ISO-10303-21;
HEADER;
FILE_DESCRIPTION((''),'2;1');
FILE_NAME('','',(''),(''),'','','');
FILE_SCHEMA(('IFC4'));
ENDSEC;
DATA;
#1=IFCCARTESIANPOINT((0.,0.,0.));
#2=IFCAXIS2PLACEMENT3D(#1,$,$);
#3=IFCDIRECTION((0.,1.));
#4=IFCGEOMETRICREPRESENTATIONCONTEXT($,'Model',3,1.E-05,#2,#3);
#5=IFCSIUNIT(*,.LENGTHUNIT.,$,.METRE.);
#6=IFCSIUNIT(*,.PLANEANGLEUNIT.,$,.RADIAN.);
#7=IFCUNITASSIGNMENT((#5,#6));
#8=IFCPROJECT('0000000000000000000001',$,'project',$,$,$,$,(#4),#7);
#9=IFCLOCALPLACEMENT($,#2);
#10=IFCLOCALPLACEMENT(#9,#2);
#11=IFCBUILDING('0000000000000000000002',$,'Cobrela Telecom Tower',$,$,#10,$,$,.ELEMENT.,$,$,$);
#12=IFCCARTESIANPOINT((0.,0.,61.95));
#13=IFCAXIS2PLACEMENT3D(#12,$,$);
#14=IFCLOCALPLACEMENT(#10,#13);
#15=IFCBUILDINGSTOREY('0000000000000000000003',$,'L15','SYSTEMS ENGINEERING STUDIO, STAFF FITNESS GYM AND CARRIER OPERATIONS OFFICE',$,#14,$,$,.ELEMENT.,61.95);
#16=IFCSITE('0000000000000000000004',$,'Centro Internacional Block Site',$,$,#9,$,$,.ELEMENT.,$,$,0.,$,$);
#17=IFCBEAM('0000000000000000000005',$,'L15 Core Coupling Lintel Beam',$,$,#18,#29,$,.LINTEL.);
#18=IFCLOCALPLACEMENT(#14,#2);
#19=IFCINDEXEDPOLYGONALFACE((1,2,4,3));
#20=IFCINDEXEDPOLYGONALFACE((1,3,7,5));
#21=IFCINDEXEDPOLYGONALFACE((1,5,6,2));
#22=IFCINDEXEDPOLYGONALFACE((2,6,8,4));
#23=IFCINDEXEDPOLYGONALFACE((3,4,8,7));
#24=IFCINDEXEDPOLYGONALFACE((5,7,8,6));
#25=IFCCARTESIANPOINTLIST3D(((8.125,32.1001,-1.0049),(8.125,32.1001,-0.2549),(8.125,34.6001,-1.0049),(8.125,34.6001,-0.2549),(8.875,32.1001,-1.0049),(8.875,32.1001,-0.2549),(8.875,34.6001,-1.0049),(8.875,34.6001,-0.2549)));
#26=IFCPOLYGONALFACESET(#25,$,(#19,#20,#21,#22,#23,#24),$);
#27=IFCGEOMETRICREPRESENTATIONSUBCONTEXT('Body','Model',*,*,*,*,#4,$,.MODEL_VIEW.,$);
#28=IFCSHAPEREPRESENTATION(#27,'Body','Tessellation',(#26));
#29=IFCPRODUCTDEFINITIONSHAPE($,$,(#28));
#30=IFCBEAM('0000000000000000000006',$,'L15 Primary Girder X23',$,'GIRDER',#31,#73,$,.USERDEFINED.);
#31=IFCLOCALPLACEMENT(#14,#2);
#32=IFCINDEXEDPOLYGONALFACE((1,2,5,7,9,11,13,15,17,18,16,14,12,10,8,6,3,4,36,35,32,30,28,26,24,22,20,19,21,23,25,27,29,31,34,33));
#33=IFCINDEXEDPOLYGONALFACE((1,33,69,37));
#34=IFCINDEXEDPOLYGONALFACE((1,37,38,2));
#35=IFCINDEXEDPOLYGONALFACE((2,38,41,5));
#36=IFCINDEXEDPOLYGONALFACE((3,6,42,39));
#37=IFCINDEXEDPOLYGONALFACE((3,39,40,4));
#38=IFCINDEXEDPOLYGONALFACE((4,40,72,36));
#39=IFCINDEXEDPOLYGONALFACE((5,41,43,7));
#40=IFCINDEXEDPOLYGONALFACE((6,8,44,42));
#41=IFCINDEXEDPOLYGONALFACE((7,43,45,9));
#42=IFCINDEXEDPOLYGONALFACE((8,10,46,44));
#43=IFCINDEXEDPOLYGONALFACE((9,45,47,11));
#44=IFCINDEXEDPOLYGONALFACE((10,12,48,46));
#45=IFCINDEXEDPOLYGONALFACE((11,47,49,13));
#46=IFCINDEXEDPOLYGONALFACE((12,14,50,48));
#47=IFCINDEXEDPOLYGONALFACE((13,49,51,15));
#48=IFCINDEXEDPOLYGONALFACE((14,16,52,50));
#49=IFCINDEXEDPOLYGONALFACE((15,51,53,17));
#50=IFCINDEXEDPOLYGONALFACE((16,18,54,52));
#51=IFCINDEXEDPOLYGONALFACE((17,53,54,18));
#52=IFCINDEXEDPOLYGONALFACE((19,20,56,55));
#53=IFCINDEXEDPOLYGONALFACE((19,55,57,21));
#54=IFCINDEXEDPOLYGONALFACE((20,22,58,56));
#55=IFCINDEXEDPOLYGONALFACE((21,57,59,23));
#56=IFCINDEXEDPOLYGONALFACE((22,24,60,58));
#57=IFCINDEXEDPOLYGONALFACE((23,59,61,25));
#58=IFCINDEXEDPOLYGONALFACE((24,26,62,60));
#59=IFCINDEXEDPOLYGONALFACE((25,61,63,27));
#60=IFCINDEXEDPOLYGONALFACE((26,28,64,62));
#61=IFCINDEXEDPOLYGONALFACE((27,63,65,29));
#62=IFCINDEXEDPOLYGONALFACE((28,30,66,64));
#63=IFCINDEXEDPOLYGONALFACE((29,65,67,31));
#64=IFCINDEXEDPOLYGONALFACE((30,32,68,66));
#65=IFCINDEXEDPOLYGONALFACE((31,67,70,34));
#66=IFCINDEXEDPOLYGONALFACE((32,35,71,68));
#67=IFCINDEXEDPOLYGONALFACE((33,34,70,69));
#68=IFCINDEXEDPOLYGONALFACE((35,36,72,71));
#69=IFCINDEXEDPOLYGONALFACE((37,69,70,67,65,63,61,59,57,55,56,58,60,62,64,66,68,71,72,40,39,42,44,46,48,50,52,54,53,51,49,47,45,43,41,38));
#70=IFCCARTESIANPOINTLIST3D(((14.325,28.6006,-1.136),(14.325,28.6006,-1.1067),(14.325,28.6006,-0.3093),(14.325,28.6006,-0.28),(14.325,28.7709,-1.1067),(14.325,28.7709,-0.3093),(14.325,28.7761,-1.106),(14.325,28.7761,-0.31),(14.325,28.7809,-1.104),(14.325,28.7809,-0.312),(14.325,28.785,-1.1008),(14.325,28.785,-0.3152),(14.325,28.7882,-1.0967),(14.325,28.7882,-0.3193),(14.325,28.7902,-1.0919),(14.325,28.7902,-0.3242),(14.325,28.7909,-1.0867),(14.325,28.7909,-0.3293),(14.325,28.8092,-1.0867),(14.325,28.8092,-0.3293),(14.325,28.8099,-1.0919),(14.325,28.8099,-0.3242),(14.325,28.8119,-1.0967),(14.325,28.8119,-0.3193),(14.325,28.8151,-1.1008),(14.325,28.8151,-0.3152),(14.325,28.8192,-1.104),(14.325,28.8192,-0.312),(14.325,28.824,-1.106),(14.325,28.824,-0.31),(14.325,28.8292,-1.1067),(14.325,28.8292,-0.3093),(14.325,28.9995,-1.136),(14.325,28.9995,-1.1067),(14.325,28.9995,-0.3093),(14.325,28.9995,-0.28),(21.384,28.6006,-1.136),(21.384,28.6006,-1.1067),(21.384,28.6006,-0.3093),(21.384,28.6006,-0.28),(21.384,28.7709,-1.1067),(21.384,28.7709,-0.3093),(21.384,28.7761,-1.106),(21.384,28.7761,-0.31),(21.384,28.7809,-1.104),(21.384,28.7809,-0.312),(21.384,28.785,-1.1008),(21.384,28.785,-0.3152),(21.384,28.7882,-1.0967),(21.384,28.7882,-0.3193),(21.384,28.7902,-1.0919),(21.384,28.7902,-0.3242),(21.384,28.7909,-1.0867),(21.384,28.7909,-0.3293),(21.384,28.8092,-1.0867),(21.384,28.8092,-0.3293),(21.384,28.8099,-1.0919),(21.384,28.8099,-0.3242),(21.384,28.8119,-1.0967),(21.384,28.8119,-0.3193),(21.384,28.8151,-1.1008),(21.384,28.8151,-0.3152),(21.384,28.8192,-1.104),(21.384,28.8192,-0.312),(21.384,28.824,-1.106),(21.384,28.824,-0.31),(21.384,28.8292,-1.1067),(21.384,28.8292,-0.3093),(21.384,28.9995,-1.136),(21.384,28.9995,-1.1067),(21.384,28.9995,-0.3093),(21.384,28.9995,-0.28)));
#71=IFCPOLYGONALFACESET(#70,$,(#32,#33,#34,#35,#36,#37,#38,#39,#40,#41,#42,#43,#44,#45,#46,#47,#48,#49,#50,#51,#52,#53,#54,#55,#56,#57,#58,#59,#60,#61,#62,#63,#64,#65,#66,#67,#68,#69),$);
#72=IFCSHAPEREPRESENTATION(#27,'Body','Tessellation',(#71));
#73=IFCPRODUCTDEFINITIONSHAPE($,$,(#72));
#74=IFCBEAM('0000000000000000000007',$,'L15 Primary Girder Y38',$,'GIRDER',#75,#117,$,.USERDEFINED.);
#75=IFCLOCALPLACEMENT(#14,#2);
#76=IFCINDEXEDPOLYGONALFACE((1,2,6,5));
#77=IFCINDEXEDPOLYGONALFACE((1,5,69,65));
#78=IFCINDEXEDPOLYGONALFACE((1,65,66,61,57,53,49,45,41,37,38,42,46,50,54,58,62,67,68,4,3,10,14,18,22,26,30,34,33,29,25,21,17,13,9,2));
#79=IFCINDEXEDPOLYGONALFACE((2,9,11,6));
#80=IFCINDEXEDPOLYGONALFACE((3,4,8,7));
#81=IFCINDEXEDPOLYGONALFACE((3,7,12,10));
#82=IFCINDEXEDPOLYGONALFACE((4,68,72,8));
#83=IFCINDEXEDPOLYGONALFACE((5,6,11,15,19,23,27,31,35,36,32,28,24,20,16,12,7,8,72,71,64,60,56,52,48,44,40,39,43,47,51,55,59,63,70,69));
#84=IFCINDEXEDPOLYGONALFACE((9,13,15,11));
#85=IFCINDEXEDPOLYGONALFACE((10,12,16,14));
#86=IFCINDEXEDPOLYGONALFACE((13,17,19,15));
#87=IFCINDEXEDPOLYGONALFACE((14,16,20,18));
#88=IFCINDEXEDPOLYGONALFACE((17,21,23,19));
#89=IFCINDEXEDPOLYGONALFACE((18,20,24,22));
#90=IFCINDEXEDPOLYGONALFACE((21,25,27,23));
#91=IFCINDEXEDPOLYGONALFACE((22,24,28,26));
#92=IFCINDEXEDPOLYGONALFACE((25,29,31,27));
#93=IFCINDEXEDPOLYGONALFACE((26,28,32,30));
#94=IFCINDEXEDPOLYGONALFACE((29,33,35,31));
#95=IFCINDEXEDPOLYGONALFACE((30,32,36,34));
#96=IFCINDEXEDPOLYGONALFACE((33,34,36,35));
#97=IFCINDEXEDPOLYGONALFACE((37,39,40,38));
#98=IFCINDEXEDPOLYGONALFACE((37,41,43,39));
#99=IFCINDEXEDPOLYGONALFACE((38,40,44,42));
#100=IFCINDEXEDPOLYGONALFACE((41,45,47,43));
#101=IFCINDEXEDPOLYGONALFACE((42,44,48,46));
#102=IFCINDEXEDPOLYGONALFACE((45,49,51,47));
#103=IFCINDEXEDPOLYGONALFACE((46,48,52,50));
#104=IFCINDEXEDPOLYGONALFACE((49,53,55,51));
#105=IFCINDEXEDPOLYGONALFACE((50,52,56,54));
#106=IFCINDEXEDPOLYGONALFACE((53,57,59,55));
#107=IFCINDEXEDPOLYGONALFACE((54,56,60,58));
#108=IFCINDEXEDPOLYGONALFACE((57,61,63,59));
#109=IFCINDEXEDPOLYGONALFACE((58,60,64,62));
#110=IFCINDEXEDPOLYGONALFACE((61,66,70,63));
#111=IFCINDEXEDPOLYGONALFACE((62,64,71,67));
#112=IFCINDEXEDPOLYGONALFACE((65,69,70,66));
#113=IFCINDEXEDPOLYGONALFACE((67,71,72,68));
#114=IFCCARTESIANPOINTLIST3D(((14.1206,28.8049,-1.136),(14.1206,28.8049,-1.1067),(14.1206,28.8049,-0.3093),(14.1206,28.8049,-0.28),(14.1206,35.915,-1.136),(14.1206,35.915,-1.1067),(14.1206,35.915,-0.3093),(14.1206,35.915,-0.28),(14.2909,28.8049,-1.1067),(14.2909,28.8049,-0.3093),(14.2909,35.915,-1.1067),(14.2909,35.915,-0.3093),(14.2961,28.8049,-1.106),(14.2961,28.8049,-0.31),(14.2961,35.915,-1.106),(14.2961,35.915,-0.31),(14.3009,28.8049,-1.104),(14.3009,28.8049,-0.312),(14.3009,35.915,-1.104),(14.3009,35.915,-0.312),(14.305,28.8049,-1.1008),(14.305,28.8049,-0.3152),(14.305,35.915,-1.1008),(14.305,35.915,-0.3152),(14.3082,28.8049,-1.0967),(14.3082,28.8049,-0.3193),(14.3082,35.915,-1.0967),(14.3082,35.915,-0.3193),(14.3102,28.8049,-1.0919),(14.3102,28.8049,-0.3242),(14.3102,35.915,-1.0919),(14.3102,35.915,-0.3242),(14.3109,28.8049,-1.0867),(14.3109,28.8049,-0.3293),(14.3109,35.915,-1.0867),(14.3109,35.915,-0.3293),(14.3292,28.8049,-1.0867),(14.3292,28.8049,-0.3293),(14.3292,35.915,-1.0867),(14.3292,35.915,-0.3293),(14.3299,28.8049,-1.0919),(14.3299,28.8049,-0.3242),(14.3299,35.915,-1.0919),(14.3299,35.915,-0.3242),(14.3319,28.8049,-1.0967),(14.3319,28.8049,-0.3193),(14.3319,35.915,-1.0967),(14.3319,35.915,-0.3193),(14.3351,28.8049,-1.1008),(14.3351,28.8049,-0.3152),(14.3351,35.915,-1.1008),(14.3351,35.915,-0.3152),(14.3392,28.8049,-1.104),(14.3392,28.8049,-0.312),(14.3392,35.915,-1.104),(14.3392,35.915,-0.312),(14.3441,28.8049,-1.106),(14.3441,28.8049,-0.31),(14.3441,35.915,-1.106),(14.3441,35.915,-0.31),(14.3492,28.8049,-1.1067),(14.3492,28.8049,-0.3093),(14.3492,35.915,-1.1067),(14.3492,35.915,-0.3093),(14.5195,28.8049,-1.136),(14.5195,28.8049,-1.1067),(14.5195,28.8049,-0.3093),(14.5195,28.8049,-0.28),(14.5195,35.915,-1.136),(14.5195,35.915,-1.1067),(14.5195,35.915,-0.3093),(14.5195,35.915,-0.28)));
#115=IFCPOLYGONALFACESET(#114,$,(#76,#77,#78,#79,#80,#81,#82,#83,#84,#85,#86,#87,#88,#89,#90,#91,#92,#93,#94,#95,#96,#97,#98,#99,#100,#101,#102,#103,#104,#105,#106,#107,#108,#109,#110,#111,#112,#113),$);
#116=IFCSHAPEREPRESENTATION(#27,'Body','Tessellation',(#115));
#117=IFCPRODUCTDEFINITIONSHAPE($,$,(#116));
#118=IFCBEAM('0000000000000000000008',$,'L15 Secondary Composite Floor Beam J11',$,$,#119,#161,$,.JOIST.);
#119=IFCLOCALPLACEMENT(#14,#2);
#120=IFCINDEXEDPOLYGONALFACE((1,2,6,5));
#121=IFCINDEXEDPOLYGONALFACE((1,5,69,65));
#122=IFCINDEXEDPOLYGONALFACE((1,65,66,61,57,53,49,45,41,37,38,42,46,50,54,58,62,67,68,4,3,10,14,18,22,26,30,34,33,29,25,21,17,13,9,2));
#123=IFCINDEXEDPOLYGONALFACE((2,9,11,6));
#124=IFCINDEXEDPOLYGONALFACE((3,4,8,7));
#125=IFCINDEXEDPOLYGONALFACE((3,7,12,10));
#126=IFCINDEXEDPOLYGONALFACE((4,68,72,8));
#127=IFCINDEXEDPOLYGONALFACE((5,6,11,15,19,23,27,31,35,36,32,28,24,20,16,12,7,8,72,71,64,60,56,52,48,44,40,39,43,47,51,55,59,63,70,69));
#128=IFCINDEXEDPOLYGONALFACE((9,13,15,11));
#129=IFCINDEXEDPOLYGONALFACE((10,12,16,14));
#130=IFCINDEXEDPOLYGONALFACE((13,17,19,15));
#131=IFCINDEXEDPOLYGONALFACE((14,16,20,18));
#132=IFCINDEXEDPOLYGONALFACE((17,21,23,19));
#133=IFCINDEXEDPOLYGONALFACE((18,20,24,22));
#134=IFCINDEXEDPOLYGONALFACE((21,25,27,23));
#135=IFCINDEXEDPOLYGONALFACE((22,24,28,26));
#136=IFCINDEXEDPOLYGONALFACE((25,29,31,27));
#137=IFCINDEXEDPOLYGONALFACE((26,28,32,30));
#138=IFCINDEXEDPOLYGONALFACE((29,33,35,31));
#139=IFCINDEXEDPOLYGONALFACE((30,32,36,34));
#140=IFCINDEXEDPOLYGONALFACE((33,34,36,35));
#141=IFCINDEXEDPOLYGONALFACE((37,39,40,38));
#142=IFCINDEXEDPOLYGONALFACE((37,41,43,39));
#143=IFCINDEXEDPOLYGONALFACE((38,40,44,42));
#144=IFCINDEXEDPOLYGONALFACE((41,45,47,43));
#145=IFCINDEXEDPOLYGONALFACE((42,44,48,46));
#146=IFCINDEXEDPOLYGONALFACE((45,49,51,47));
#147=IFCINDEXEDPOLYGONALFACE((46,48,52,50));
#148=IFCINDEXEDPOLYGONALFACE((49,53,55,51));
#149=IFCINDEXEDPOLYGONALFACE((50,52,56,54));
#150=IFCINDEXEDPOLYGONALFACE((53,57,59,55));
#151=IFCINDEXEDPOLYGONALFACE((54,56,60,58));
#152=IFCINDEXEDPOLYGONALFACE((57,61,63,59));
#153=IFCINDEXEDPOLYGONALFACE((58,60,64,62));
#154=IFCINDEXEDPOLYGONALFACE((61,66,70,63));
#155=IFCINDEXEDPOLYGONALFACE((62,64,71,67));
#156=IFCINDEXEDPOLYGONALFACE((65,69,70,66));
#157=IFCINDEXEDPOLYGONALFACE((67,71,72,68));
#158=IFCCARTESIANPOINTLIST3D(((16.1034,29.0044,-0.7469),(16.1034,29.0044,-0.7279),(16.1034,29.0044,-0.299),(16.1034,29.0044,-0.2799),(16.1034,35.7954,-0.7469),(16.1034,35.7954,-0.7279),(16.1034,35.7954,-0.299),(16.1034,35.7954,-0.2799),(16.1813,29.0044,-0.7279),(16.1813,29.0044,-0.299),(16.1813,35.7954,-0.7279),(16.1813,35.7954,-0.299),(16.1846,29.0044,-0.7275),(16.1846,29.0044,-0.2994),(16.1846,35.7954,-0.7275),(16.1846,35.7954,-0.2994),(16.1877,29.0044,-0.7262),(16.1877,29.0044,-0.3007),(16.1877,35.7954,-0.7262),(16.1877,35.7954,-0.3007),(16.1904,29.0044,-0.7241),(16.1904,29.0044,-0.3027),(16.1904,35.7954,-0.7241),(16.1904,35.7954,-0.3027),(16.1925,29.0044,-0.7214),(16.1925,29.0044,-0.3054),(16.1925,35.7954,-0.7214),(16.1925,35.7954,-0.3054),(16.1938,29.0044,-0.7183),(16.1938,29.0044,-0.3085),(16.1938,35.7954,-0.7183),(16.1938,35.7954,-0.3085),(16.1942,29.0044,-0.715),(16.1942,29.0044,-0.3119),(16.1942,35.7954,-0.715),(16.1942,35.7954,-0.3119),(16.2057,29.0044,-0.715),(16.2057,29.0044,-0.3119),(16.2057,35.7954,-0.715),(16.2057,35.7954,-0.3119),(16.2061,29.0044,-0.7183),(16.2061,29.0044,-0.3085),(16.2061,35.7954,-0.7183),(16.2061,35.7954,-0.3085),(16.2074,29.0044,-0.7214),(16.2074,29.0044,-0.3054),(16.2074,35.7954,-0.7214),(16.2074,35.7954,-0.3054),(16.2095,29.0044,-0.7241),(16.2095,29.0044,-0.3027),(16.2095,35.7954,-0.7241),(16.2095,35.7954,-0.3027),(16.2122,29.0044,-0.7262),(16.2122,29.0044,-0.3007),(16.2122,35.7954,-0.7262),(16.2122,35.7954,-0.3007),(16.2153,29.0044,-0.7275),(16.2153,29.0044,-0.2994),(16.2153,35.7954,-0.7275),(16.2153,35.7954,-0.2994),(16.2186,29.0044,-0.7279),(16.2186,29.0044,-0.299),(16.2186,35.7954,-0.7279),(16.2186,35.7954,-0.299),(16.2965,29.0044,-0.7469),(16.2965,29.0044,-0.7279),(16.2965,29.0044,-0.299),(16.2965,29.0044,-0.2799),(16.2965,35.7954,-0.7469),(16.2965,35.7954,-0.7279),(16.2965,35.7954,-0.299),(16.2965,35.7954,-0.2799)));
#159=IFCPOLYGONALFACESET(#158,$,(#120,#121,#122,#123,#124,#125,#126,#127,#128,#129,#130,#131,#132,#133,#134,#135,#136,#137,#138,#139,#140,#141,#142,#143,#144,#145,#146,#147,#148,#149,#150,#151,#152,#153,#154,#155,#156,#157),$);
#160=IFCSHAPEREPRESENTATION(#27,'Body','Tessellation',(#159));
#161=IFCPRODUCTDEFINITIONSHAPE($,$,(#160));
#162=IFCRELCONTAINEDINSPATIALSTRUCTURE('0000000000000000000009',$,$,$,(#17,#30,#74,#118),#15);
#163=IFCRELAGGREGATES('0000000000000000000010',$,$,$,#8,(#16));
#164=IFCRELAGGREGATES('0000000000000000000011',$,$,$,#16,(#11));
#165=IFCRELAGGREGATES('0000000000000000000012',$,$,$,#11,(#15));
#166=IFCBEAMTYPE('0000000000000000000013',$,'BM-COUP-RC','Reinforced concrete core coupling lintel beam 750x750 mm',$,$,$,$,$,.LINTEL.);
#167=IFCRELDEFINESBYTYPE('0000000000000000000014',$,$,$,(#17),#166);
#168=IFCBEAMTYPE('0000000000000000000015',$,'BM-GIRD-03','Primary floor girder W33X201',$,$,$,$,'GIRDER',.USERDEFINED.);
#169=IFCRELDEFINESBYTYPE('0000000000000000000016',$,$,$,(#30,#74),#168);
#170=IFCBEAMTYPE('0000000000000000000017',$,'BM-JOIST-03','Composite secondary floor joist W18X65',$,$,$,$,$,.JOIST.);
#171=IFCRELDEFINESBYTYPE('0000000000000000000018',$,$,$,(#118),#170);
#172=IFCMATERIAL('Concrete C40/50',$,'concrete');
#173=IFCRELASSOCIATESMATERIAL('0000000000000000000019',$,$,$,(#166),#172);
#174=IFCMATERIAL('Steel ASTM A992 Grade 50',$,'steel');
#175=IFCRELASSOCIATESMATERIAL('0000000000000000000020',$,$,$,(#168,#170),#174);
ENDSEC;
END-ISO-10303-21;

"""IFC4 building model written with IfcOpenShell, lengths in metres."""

from ifc_helpers import new_model, si_unit, direction, frame, origin, origin_2d, place, context, subcontext, project, spatial, rectangle, i_section, extrude, material, material_profile, profile_set, type_object, element, save


model = new_model("IFC4")

# Units and contexts
model_context = context("Model", 3, precision=1e-05, world=origin(), true_north=direction((0.0, 1.0)))
body_context = subcontext(model_context, "Body", "Model", "MODEL_VIEW")
ifc_project = project(units=[si_unit("LENGTHUNIT", "METRE"), si_unit("PLANEANGLEUNIT", "RADIAN")], contexts=[model_context])

# Site, building, storey
site_placement = place(None, origin())
site = spatial("IfcSite", under=ifc_project, at=site_placement, Name="Centro Internacional Block Site", CompositionType="ELEMENT", RefElevation=0.0)
building_placement = place(site_placement, origin())
building = spatial("IfcBuilding", under=site, at=building_placement, Name="Cobrela Telecom Tower", CompositionType="ELEMENT")
storey_placement = place(building_placement, frame((0.0, 0.0, 61.95)))
storey = spatial("IfcBuildingStorey", under=building, at=storey_placement, Name="L15", Description="SYSTEMS ENGINEERING STUDIO, STAFF FITNESS GYM AND CARRIER OPERATIONS OFFICE", CompositionType="ELEMENT", Elevation=61.95)

# Beams
ifc_material_1 = material(Name="Concrete C40/50", Category="concrete")
ifc_material_profile_1 = material_profile(ifc_material_1, rectangle(XDim=0.75, YDim=0.75, at=origin_2d()), Name="RC 750x750")
ifc_profile_set_1 = profile_set([ifc_material_profile_1], Name="Concrete C40/50")
beam_type_1 = type_object("IfcBeamType", Name="BM-COUP-RC", Description="Reinforced concrete core coupling lintel beam 750x750 mm", PredefinedType="LINTEL", material=ifc_profile_set_1)
beam_1_placement = place(storey_placement, frame((8.5, 32.1001, -0.6299), z_axis=(0.0, 1.0, 0.0), x_axis=(-1.0, 0.0, 0.0)))
element("IfcBeam", 1, at=beam_1_placement, inside=storey, type_object=beam_type_1, Name="L15 Core Coupling Lintel Beam", PredefinedType="LINTEL", context=body_context, shape_type="SweptSolid", body=[
    extrude(rectangle(XDim=0.75, YDim=0.75, at=origin_2d()), origin(), (0.0, 0.0, 1.0), 2.5),
])
ifc_material_2 = material(Name="Steel ASTM A992 Grade 50", Category="steel")
ifc_material_profile_2 = material_profile(ifc_material_2, i_section(OverallWidth=0.3989, OverallDepth=0.856, WebThickness=0.0183, FlangeThickness=0.0293, FilletRadius=0.02, at=origin_2d()), Name="W33X201")
ifc_profile_set_2 = profile_set([ifc_material_profile_2], Name="Steel ASTM A992 Grade 50")
beam_type_2 = type_object("IfcBeamType", Name="BM-GIRD-03", Description="Primary floor girder W33X201", ElementType="GIRDER", PredefinedType="USERDEFINED", material=ifc_profile_set_2)
beam_2_placement = place(storey_placement, frame((14.325, 28.8, -0.708), z_axis=(1.0, 0.0, 0.0), x_axis=(0.0, 1.0, 0.0)))
element("IfcBeam", 2, at=beam_2_placement, inside=storey, type_object=beam_type_2, Name="L15 Primary Girder X23", ObjectType="GIRDER", PredefinedType="USERDEFINED", context=body_context, shape_type="SweptSolid", body=[
    extrude(i_section(OverallWidth=0.3989, OverallDepth=0.856, WebThickness=0.0183, FlangeThickness=0.0293, FilletRadius=0.02, at=origin_2d()), origin(), (0.0, 0.0, 1.0), 7.0591),
])
beam_3_placement = place(storey_placement, frame((14.3201, 28.8049, -0.708), z_axis=(0.0, 1.0, 0.0), x_axis=(-1.0, 0.0, 0.0)))
element("IfcBeam", 3, at=beam_3_placement, inside=storey, type_object=beam_type_2, Name="L15 Primary Girder Y38", ObjectType="GIRDER", PredefinedType="USERDEFINED", context=body_context, shape_type="SweptSolid", body=[
    extrude(i_section(OverallWidth=0.3989, OverallDepth=0.856, WebThickness=0.0183, FlangeThickness=0.0293, FilletRadius=0.02, at=origin_2d()), origin(), (0.0, 0.0, 1.0), 7.1101),
])
ifc_material_profile_3 = material_profile(ifc_material_2, i_section(OverallWidth=0.1931, OverallDepth=0.467, WebThickness=0.0115, FlangeThickness=0.019, FilletRadius=0.0129, at=origin_2d()), Name="W18X65")
ifc_profile_set_3 = profile_set([ifc_material_profile_3], Name="Steel ASTM A992 Grade 50")
beam_type_3 = type_object("IfcBeamType", Name="BM-JOIST-03", Description="Composite secondary floor joist W18X65", PredefinedType="JOIST", material=ifc_profile_set_3)
for number, where, z_axis, x_axis, name in (
    (4, (16.2, 29.0044, -0.5134), (0.0, 1.0, 0.0), (-1.0, 0.0, 0.0), "L15 Secondary Composite Floor Beam J11"),
):
    element("IfcBeam", number, at=place(storey_placement, frame(where, z_axis=z_axis, x_axis=x_axis)), inside=storey, type_object=beam_type_3, Name=name, PredefinedType="JOIST", context=body_context, shape_type="SweptSolid", body=[
        extrude(i_section(OverallWidth=0.1931, OverallDepth=0.467, WebThickness=0.0115, FlangeThickness=0.019, FilletRadius=0.0129, at=origin_2d()), origin(), (0.0, 0.0, 1.0), 6.791),
    ])

save(model, "model.ifc")
